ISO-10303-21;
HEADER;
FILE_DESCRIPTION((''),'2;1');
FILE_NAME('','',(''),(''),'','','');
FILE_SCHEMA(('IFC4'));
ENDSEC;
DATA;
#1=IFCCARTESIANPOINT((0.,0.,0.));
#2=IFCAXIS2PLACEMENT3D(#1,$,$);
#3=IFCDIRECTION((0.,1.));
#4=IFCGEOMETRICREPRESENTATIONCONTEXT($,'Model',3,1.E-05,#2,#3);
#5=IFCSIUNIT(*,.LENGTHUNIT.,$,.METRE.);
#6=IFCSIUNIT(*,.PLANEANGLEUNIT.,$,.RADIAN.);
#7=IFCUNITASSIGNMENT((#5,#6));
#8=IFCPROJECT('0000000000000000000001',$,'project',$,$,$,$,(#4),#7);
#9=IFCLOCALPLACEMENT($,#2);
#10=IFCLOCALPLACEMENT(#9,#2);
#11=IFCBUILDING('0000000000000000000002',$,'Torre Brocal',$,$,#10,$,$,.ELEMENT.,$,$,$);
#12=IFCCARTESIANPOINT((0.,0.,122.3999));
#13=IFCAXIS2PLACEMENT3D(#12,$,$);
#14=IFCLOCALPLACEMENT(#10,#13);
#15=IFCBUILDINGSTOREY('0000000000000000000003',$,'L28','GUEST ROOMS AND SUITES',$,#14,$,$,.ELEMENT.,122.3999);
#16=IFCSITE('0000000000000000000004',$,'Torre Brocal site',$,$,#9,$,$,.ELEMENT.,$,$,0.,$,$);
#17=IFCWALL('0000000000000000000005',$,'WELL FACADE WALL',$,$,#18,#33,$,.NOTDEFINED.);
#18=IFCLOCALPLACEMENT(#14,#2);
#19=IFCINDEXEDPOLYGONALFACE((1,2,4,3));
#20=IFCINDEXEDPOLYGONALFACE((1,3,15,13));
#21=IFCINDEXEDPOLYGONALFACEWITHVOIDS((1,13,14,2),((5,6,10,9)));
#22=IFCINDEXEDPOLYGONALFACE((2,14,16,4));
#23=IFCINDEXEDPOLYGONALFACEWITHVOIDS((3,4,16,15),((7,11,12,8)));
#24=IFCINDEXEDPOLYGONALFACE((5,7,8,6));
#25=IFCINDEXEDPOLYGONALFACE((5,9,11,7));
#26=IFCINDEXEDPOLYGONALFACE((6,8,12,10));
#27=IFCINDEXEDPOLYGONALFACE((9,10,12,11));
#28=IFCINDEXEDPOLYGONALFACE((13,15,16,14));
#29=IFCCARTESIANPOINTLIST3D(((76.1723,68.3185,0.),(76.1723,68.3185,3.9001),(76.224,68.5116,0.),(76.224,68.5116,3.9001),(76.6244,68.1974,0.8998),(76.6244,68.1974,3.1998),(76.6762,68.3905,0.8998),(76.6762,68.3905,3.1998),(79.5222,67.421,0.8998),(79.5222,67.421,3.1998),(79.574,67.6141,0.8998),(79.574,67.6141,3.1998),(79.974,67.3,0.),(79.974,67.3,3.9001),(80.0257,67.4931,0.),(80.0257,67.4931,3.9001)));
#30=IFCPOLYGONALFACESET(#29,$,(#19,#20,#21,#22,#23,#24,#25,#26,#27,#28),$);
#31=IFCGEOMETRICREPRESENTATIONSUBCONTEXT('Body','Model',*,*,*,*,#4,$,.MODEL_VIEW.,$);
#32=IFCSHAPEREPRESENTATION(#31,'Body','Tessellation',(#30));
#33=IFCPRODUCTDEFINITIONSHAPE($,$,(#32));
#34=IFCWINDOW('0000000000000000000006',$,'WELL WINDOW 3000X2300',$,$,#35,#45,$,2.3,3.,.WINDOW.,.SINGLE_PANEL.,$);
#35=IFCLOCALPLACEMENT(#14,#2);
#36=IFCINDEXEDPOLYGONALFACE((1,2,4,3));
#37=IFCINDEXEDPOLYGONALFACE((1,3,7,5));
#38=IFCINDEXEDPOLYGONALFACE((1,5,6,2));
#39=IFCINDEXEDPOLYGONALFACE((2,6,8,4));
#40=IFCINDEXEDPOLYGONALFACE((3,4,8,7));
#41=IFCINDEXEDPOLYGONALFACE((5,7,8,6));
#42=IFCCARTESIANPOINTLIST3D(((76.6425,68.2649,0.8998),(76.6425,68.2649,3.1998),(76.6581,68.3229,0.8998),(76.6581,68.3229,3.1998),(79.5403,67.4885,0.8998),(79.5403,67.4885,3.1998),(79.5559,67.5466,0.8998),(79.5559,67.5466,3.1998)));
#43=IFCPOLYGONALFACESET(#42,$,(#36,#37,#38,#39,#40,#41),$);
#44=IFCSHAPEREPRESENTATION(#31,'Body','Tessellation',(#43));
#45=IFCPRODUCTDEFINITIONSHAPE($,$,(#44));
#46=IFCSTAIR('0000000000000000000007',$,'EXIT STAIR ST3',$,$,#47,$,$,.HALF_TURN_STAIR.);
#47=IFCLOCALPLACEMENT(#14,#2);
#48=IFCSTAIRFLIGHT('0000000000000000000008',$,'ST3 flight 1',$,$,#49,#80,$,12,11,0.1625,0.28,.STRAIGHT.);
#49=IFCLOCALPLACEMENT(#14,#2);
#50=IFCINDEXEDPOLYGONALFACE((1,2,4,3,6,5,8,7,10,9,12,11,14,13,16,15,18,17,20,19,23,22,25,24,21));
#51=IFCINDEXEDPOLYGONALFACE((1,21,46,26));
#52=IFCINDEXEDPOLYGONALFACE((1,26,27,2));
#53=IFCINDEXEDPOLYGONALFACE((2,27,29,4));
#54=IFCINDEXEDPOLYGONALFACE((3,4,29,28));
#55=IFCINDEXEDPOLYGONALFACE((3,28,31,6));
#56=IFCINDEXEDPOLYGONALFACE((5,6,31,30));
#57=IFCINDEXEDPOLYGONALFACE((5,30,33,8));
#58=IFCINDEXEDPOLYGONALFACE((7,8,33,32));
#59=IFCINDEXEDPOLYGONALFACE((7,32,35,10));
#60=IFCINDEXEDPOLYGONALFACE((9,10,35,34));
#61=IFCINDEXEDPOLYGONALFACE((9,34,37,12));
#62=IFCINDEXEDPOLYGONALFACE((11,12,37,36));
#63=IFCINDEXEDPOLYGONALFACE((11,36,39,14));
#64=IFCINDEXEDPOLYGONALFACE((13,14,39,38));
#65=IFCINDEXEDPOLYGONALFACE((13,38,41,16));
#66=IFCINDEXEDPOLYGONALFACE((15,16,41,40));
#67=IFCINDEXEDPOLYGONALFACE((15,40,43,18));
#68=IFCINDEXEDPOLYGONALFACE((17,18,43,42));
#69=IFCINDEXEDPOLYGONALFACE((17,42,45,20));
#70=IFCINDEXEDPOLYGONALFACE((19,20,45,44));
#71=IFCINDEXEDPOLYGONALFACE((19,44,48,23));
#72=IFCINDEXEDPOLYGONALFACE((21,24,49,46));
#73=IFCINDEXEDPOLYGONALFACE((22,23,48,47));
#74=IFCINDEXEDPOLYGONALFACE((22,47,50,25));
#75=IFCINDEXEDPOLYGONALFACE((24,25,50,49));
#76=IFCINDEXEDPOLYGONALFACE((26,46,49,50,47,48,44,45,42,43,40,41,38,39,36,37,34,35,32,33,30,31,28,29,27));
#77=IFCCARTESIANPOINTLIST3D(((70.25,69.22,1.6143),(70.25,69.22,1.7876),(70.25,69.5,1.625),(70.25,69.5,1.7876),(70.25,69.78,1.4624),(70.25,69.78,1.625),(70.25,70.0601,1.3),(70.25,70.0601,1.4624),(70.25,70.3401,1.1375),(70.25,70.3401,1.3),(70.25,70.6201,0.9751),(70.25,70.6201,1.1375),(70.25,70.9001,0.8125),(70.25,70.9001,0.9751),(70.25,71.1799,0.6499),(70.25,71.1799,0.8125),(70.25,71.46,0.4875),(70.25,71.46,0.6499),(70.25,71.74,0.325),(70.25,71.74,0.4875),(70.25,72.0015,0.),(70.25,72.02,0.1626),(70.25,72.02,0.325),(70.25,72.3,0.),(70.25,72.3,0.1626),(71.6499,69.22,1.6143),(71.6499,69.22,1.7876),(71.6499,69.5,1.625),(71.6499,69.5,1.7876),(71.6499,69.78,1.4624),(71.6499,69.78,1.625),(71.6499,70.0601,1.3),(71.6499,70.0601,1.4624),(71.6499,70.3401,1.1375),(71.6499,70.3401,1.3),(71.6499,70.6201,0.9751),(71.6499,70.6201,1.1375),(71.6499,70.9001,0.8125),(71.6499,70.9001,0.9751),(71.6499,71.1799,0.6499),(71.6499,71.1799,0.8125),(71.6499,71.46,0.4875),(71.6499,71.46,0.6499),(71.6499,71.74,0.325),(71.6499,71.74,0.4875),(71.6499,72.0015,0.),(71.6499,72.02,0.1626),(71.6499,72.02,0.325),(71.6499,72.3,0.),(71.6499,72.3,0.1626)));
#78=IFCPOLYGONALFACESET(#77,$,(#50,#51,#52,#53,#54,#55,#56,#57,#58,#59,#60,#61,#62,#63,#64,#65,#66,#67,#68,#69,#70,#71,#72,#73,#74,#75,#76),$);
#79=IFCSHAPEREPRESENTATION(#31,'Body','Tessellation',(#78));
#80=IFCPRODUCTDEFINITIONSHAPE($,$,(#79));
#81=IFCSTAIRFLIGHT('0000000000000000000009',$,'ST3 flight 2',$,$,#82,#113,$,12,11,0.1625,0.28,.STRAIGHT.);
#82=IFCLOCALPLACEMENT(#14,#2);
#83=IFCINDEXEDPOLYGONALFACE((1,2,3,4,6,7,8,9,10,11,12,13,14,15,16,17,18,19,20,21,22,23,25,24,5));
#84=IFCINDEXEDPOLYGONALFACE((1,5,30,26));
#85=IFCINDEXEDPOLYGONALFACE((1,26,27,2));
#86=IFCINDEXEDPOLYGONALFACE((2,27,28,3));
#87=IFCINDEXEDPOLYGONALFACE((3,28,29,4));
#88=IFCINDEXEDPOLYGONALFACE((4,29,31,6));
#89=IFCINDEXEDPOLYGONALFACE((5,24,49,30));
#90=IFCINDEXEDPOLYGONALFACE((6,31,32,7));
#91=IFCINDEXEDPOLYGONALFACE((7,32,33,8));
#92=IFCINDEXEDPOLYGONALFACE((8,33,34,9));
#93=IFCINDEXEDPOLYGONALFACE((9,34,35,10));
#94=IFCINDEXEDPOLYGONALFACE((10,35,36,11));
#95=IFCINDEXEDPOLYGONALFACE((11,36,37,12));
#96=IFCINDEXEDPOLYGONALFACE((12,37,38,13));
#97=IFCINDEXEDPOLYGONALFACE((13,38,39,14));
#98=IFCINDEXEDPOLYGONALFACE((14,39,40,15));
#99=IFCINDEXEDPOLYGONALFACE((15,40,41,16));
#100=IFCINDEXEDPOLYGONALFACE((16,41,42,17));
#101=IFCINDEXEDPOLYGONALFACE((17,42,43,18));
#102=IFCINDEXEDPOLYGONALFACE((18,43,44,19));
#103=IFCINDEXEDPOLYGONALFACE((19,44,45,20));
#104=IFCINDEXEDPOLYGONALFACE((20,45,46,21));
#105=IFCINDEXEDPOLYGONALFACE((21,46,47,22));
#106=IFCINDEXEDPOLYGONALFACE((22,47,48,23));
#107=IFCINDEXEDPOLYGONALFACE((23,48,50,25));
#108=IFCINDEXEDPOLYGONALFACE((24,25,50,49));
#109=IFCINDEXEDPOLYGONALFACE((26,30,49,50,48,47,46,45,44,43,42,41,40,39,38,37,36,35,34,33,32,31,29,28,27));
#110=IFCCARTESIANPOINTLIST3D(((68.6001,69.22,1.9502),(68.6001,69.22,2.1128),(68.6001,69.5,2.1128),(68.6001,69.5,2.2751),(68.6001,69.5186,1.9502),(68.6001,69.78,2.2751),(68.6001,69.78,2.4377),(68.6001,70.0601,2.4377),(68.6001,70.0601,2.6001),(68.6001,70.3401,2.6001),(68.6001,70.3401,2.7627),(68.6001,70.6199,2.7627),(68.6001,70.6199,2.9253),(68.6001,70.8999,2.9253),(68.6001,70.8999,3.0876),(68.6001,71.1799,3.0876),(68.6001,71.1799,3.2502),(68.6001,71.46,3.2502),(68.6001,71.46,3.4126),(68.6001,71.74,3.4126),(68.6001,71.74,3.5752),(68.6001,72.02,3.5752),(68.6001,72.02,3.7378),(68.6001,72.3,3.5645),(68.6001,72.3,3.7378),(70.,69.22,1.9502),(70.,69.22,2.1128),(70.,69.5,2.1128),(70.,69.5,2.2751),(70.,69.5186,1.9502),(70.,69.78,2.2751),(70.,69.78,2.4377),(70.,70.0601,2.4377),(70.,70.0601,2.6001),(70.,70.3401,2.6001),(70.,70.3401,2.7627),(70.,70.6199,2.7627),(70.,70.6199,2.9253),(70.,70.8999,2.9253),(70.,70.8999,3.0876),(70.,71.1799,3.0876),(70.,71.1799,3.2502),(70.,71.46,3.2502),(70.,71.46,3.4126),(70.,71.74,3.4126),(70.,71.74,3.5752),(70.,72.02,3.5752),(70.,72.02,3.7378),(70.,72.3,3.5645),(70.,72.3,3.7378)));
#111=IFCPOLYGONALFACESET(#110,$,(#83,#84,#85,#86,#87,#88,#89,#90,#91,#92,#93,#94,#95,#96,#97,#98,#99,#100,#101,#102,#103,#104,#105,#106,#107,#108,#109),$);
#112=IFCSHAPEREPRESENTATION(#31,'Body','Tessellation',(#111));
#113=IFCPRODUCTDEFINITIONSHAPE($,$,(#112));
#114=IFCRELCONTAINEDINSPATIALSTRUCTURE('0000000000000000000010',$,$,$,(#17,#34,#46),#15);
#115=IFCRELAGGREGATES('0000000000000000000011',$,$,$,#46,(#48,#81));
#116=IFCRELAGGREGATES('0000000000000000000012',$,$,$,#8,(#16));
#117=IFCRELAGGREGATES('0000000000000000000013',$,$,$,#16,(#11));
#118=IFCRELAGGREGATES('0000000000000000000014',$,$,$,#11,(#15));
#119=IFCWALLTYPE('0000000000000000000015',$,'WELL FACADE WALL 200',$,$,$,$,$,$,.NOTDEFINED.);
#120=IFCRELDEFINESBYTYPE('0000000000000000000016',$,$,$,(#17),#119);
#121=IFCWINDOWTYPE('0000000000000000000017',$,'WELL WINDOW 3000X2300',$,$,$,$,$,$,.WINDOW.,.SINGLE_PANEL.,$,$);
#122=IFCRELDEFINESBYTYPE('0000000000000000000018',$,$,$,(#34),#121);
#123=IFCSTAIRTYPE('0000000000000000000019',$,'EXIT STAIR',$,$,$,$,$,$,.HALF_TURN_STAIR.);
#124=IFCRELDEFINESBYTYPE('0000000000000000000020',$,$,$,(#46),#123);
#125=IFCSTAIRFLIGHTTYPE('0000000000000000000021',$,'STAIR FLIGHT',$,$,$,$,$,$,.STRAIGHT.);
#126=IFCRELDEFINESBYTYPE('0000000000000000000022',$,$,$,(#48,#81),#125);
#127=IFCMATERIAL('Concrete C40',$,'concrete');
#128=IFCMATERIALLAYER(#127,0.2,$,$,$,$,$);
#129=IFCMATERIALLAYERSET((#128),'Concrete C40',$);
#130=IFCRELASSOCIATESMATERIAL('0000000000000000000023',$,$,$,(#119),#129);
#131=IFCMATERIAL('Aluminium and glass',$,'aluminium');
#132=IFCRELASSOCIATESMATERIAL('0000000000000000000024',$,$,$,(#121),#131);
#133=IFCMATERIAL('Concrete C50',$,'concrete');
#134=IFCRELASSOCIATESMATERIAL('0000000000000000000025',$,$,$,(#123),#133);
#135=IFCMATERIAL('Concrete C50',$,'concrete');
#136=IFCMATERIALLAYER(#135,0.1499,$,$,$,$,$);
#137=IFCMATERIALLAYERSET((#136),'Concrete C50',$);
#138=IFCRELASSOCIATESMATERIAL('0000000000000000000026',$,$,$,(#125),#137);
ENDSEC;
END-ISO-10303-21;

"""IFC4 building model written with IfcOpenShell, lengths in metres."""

from ifc_helpers import new_model, si_unit, direction, frame, frame_2d, origin, place, context, subcontext, project, spatial, polyline, rectangle, outline, extrude, material, layer, layer_set, type_object, element, fill, aggregate, save


model = new_model("IFC4")

# Units and contexts
model_context = context("Model", 3, precision=1e-05, world=origin(), true_north=direction((0.0, 1.0)))
body_context = subcontext(model_context, "Body", "Model", "MODEL_VIEW")
ifc_project = project(units=[si_unit("LENGTHUNIT", "METRE"), si_unit("PLANEANGLEUNIT", "RADIAN")], contexts=[model_context])

# Site, building, storey
site_placement = place(None, origin())
site = spatial("IfcSite", under=ifc_project, at=site_placement, Name="Torre Brocal site", CompositionType="ELEMENT", RefElevation=0.0)
building_placement = place(site_placement, origin())
building = spatial("IfcBuilding", under=site, at=building_placement, Name="Torre Brocal", CompositionType="ELEMENT")
storey_placement = place(building_placement, frame((0.0, 0.0, 122.3999)))
storey = spatial("IfcBuildingStorey", under=building, at=storey_placement, Name="L28", Description="GUEST ROOMS AND SUITES", CompositionType="ELEMENT", Elevation=122.3999)

# Wall, opening, window
ifc_material_1 = material(Name="Concrete C40", Category="concrete")
ifc_layer_1 = layer(ifc_material_1, 0.2)
ifc_layer_set_1 = layer_set([ifc_layer_1], Name="Concrete C40")
wall_type_1 = type_object("IfcWallType", Name="WELL FACADE WALL 200", PredefinedType="NOTDEFINED", material=ifc_layer_set_1)
ifc_material_2 = material(Name="Aluminium and glass", Category="aluminium")
window_type = type_object("IfcWindowType", Name="WELL WINDOW 3000X2300", PartitioningType="SINGLE_PANEL", PredefinedType="WINDOW", material=ifc_material_2)
wall_1_placement = place(storey_placement, frame((76.1982, 68.415, 0.0), z_axis=(0.0, 0.0, 1.0), x_axis=(0.965934, -0.25879, 0.0)))
wall_1 = element("IfcWall", 1, at=wall_1_placement, inside=storey, type_object=wall_type_1, Name="WELL FACADE WALL", PredefinedType="NOTDEFINED", context=body_context, shape_type="SweptSolid", body=[
    extrude(rectangle(XDim=3.9358, YDim=0.2, at=frame_2d((1.9678, 0.0))), origin(), (0.0, 0.0, 1.0), 3.9001),
])
opening_1_placement = place(wall_1_placement, frame((0.468, 0.0, 0.8999)))
opening_1 = element("IfcOpeningElement", 2, at=opening_1_placement, cuts=wall_1, PredefinedType="OPENING", context=body_context, shape_type="SweptSolid", body=[
    extrude(rectangle(XDim=3.0, YDim=2.3, at=frame_2d((1.5, 1.1499))), frame((0.0, 0.1099, 0.0), z_axis=(0.0, -1.0, 0.0), x_axis=(1.0, 0.0, 0.0)), (0.0, 0.0, 1.0), 0.22),
])
window_1_placement = place(opening_1_placement, origin())
window_1 = element("IfcWindow", 3, at=window_1_placement, inside=storey, type_object=window_type, Name="WELL WINDOW 3000X2300", OverallHeight=2.3, OverallWidth=3.0, PartitioningType="SINGLE_PANEL", PredefinedType="WINDOW", context=body_context, shape_type="SweptSolid", body=[
    extrude(rectangle(XDim=3.0, YDim=2.3, at=frame_2d((1.5, 1.1499))), frame((0.0, 0.03, 0.0), z_axis=(0.0, -1.0, 0.0), x_axis=(1.0, 0.0, 0.0)), (0.0, 0.0, 1.0), 0.0601),
])
fill(opening_1, window_1)

# Stair, stair flights
ifc_material_3 = material(Name="Concrete C50", Category="concrete")
stair_type = type_object("IfcStairType", Name="EXIT STAIR", PredefinedType="HALF_TURN_STAIR", material=ifc_material_3)
stair_placement = place(storey_placement, origin())
stair = element("IfcStair", 4, at=stair_placement, inside=storey, type_object=stair_type, Name="EXIT STAIR ST3", PredefinedType="HALF_TURN_STAIR")
ifc_material_4 = material(Name="Concrete C50", Category="concrete")
ifc_layer_2 = layer(ifc_material_4, 0.1499)
ifc_layer_set_2 = layer_set([ifc_layer_2], Name="Concrete C50")
stair_flight_type = type_object("IfcStairFlightType", Name="STAIR FLIGHT", PredefinedType="STRAIGHT", material=ifc_layer_set_2)
stair_flight_1_placement = place(storey_placement, frame((70.95, 72.3, 0.0), z_axis=(0.0, 0.0, 1.0), x_axis=(0.0, -1.0, 0.0)))
stair_flight_1 = element("IfcStairFlight", 5, at=stair_flight_1_placement, type_object=stair_flight_type, Name="ST3 flight 1", NumberOfRisers=12, NumberOfTreads=11, PredefinedType="STRAIGHT", RiserHeight=0.1625, TreadLength=0.28, context=body_context, shape_type="SweptSolid", body=[
    extrude(outline(polyline([(0.0, 0.0), (0.0, 0.1626), (0.28, 0.1626), (0.28, 0.325), (0.5601, 0.325), (0.5601, 0.4875), (0.8401, 0.4875), (0.8401, 0.6499), (1.1201, 0.6499), (1.1201, 0.8125), (1.3999, 0.8125), (1.3999, 0.9751), (1.6799, 0.9751), (1.6799, 1.1375), (1.96, 1.1375), (1.96, 1.3), (2.24, 1.3), (2.24, 1.4624), (2.52, 1.4624), (2.52, 1.625), (2.8, 1.625), (2.8, 1.7876), (3.0801, 1.7876), (3.0801, 1.95), (3.0801, 1.6143), (0.2986, 0.0), (0.0, 0.0)])), frame((0.0, 0.7, 0.0), z_axis=(0.0, -1.0, 0.0), x_axis=(1.0, 0.0, 0.0)), (0.0, 0.0, 1.0), 1.3999),
])
stair_flight_2_placement = place(storey_placement, frame((69.3, 69.22, 1.9502), z_axis=(0.0, 0.0, 1.0), x_axis=(0.0, 1.0, 0.0)))
stair_flight_2 = element("IfcStairFlight", 6, at=stair_flight_2_placement, type_object=stair_flight_type, Name="ST3 flight 2", NumberOfRisers=12, NumberOfTreads=11, PredefinedType="STRAIGHT", RiserHeight=0.1625, TreadLength=0.28, context=body_context, shape_type="SweptSolid", body=[
    extrude(outline(polyline([(0.0, 0.0), (0.0, 0.1626), (0.28, 0.1626), (0.28, 0.325), (0.5601, 0.325), (0.5601, 0.4875), (0.8401, 0.4875), (0.8401, 0.6499), (1.1201, 0.6499), (1.1201, 0.8125), (1.3999, 0.8125), (1.3999, 0.9751), (1.6799, 0.9751), (1.6799, 1.1375), (1.96, 1.1375), (1.96, 1.3), (2.24, 1.3), (2.24, 1.4624), (2.52, 1.4624), (2.52, 1.625), (2.8, 1.625), (2.8, 1.7876), (3.0801, 1.7876), (3.0801, 1.95), (3.0801, 1.6143), (0.2986, 0.0), (0.0, 0.0)])), frame((0.0, 0.7, 0.0), z_axis=(0.0, -1.0, 0.0), x_axis=(1.0, 0.0, 0.0)), (0.0, 0.0, 1.0), 1.3999),
])
aggregate(stair, [stair_flight_1, stair_flight_2])

save(model, "model.ifc")
